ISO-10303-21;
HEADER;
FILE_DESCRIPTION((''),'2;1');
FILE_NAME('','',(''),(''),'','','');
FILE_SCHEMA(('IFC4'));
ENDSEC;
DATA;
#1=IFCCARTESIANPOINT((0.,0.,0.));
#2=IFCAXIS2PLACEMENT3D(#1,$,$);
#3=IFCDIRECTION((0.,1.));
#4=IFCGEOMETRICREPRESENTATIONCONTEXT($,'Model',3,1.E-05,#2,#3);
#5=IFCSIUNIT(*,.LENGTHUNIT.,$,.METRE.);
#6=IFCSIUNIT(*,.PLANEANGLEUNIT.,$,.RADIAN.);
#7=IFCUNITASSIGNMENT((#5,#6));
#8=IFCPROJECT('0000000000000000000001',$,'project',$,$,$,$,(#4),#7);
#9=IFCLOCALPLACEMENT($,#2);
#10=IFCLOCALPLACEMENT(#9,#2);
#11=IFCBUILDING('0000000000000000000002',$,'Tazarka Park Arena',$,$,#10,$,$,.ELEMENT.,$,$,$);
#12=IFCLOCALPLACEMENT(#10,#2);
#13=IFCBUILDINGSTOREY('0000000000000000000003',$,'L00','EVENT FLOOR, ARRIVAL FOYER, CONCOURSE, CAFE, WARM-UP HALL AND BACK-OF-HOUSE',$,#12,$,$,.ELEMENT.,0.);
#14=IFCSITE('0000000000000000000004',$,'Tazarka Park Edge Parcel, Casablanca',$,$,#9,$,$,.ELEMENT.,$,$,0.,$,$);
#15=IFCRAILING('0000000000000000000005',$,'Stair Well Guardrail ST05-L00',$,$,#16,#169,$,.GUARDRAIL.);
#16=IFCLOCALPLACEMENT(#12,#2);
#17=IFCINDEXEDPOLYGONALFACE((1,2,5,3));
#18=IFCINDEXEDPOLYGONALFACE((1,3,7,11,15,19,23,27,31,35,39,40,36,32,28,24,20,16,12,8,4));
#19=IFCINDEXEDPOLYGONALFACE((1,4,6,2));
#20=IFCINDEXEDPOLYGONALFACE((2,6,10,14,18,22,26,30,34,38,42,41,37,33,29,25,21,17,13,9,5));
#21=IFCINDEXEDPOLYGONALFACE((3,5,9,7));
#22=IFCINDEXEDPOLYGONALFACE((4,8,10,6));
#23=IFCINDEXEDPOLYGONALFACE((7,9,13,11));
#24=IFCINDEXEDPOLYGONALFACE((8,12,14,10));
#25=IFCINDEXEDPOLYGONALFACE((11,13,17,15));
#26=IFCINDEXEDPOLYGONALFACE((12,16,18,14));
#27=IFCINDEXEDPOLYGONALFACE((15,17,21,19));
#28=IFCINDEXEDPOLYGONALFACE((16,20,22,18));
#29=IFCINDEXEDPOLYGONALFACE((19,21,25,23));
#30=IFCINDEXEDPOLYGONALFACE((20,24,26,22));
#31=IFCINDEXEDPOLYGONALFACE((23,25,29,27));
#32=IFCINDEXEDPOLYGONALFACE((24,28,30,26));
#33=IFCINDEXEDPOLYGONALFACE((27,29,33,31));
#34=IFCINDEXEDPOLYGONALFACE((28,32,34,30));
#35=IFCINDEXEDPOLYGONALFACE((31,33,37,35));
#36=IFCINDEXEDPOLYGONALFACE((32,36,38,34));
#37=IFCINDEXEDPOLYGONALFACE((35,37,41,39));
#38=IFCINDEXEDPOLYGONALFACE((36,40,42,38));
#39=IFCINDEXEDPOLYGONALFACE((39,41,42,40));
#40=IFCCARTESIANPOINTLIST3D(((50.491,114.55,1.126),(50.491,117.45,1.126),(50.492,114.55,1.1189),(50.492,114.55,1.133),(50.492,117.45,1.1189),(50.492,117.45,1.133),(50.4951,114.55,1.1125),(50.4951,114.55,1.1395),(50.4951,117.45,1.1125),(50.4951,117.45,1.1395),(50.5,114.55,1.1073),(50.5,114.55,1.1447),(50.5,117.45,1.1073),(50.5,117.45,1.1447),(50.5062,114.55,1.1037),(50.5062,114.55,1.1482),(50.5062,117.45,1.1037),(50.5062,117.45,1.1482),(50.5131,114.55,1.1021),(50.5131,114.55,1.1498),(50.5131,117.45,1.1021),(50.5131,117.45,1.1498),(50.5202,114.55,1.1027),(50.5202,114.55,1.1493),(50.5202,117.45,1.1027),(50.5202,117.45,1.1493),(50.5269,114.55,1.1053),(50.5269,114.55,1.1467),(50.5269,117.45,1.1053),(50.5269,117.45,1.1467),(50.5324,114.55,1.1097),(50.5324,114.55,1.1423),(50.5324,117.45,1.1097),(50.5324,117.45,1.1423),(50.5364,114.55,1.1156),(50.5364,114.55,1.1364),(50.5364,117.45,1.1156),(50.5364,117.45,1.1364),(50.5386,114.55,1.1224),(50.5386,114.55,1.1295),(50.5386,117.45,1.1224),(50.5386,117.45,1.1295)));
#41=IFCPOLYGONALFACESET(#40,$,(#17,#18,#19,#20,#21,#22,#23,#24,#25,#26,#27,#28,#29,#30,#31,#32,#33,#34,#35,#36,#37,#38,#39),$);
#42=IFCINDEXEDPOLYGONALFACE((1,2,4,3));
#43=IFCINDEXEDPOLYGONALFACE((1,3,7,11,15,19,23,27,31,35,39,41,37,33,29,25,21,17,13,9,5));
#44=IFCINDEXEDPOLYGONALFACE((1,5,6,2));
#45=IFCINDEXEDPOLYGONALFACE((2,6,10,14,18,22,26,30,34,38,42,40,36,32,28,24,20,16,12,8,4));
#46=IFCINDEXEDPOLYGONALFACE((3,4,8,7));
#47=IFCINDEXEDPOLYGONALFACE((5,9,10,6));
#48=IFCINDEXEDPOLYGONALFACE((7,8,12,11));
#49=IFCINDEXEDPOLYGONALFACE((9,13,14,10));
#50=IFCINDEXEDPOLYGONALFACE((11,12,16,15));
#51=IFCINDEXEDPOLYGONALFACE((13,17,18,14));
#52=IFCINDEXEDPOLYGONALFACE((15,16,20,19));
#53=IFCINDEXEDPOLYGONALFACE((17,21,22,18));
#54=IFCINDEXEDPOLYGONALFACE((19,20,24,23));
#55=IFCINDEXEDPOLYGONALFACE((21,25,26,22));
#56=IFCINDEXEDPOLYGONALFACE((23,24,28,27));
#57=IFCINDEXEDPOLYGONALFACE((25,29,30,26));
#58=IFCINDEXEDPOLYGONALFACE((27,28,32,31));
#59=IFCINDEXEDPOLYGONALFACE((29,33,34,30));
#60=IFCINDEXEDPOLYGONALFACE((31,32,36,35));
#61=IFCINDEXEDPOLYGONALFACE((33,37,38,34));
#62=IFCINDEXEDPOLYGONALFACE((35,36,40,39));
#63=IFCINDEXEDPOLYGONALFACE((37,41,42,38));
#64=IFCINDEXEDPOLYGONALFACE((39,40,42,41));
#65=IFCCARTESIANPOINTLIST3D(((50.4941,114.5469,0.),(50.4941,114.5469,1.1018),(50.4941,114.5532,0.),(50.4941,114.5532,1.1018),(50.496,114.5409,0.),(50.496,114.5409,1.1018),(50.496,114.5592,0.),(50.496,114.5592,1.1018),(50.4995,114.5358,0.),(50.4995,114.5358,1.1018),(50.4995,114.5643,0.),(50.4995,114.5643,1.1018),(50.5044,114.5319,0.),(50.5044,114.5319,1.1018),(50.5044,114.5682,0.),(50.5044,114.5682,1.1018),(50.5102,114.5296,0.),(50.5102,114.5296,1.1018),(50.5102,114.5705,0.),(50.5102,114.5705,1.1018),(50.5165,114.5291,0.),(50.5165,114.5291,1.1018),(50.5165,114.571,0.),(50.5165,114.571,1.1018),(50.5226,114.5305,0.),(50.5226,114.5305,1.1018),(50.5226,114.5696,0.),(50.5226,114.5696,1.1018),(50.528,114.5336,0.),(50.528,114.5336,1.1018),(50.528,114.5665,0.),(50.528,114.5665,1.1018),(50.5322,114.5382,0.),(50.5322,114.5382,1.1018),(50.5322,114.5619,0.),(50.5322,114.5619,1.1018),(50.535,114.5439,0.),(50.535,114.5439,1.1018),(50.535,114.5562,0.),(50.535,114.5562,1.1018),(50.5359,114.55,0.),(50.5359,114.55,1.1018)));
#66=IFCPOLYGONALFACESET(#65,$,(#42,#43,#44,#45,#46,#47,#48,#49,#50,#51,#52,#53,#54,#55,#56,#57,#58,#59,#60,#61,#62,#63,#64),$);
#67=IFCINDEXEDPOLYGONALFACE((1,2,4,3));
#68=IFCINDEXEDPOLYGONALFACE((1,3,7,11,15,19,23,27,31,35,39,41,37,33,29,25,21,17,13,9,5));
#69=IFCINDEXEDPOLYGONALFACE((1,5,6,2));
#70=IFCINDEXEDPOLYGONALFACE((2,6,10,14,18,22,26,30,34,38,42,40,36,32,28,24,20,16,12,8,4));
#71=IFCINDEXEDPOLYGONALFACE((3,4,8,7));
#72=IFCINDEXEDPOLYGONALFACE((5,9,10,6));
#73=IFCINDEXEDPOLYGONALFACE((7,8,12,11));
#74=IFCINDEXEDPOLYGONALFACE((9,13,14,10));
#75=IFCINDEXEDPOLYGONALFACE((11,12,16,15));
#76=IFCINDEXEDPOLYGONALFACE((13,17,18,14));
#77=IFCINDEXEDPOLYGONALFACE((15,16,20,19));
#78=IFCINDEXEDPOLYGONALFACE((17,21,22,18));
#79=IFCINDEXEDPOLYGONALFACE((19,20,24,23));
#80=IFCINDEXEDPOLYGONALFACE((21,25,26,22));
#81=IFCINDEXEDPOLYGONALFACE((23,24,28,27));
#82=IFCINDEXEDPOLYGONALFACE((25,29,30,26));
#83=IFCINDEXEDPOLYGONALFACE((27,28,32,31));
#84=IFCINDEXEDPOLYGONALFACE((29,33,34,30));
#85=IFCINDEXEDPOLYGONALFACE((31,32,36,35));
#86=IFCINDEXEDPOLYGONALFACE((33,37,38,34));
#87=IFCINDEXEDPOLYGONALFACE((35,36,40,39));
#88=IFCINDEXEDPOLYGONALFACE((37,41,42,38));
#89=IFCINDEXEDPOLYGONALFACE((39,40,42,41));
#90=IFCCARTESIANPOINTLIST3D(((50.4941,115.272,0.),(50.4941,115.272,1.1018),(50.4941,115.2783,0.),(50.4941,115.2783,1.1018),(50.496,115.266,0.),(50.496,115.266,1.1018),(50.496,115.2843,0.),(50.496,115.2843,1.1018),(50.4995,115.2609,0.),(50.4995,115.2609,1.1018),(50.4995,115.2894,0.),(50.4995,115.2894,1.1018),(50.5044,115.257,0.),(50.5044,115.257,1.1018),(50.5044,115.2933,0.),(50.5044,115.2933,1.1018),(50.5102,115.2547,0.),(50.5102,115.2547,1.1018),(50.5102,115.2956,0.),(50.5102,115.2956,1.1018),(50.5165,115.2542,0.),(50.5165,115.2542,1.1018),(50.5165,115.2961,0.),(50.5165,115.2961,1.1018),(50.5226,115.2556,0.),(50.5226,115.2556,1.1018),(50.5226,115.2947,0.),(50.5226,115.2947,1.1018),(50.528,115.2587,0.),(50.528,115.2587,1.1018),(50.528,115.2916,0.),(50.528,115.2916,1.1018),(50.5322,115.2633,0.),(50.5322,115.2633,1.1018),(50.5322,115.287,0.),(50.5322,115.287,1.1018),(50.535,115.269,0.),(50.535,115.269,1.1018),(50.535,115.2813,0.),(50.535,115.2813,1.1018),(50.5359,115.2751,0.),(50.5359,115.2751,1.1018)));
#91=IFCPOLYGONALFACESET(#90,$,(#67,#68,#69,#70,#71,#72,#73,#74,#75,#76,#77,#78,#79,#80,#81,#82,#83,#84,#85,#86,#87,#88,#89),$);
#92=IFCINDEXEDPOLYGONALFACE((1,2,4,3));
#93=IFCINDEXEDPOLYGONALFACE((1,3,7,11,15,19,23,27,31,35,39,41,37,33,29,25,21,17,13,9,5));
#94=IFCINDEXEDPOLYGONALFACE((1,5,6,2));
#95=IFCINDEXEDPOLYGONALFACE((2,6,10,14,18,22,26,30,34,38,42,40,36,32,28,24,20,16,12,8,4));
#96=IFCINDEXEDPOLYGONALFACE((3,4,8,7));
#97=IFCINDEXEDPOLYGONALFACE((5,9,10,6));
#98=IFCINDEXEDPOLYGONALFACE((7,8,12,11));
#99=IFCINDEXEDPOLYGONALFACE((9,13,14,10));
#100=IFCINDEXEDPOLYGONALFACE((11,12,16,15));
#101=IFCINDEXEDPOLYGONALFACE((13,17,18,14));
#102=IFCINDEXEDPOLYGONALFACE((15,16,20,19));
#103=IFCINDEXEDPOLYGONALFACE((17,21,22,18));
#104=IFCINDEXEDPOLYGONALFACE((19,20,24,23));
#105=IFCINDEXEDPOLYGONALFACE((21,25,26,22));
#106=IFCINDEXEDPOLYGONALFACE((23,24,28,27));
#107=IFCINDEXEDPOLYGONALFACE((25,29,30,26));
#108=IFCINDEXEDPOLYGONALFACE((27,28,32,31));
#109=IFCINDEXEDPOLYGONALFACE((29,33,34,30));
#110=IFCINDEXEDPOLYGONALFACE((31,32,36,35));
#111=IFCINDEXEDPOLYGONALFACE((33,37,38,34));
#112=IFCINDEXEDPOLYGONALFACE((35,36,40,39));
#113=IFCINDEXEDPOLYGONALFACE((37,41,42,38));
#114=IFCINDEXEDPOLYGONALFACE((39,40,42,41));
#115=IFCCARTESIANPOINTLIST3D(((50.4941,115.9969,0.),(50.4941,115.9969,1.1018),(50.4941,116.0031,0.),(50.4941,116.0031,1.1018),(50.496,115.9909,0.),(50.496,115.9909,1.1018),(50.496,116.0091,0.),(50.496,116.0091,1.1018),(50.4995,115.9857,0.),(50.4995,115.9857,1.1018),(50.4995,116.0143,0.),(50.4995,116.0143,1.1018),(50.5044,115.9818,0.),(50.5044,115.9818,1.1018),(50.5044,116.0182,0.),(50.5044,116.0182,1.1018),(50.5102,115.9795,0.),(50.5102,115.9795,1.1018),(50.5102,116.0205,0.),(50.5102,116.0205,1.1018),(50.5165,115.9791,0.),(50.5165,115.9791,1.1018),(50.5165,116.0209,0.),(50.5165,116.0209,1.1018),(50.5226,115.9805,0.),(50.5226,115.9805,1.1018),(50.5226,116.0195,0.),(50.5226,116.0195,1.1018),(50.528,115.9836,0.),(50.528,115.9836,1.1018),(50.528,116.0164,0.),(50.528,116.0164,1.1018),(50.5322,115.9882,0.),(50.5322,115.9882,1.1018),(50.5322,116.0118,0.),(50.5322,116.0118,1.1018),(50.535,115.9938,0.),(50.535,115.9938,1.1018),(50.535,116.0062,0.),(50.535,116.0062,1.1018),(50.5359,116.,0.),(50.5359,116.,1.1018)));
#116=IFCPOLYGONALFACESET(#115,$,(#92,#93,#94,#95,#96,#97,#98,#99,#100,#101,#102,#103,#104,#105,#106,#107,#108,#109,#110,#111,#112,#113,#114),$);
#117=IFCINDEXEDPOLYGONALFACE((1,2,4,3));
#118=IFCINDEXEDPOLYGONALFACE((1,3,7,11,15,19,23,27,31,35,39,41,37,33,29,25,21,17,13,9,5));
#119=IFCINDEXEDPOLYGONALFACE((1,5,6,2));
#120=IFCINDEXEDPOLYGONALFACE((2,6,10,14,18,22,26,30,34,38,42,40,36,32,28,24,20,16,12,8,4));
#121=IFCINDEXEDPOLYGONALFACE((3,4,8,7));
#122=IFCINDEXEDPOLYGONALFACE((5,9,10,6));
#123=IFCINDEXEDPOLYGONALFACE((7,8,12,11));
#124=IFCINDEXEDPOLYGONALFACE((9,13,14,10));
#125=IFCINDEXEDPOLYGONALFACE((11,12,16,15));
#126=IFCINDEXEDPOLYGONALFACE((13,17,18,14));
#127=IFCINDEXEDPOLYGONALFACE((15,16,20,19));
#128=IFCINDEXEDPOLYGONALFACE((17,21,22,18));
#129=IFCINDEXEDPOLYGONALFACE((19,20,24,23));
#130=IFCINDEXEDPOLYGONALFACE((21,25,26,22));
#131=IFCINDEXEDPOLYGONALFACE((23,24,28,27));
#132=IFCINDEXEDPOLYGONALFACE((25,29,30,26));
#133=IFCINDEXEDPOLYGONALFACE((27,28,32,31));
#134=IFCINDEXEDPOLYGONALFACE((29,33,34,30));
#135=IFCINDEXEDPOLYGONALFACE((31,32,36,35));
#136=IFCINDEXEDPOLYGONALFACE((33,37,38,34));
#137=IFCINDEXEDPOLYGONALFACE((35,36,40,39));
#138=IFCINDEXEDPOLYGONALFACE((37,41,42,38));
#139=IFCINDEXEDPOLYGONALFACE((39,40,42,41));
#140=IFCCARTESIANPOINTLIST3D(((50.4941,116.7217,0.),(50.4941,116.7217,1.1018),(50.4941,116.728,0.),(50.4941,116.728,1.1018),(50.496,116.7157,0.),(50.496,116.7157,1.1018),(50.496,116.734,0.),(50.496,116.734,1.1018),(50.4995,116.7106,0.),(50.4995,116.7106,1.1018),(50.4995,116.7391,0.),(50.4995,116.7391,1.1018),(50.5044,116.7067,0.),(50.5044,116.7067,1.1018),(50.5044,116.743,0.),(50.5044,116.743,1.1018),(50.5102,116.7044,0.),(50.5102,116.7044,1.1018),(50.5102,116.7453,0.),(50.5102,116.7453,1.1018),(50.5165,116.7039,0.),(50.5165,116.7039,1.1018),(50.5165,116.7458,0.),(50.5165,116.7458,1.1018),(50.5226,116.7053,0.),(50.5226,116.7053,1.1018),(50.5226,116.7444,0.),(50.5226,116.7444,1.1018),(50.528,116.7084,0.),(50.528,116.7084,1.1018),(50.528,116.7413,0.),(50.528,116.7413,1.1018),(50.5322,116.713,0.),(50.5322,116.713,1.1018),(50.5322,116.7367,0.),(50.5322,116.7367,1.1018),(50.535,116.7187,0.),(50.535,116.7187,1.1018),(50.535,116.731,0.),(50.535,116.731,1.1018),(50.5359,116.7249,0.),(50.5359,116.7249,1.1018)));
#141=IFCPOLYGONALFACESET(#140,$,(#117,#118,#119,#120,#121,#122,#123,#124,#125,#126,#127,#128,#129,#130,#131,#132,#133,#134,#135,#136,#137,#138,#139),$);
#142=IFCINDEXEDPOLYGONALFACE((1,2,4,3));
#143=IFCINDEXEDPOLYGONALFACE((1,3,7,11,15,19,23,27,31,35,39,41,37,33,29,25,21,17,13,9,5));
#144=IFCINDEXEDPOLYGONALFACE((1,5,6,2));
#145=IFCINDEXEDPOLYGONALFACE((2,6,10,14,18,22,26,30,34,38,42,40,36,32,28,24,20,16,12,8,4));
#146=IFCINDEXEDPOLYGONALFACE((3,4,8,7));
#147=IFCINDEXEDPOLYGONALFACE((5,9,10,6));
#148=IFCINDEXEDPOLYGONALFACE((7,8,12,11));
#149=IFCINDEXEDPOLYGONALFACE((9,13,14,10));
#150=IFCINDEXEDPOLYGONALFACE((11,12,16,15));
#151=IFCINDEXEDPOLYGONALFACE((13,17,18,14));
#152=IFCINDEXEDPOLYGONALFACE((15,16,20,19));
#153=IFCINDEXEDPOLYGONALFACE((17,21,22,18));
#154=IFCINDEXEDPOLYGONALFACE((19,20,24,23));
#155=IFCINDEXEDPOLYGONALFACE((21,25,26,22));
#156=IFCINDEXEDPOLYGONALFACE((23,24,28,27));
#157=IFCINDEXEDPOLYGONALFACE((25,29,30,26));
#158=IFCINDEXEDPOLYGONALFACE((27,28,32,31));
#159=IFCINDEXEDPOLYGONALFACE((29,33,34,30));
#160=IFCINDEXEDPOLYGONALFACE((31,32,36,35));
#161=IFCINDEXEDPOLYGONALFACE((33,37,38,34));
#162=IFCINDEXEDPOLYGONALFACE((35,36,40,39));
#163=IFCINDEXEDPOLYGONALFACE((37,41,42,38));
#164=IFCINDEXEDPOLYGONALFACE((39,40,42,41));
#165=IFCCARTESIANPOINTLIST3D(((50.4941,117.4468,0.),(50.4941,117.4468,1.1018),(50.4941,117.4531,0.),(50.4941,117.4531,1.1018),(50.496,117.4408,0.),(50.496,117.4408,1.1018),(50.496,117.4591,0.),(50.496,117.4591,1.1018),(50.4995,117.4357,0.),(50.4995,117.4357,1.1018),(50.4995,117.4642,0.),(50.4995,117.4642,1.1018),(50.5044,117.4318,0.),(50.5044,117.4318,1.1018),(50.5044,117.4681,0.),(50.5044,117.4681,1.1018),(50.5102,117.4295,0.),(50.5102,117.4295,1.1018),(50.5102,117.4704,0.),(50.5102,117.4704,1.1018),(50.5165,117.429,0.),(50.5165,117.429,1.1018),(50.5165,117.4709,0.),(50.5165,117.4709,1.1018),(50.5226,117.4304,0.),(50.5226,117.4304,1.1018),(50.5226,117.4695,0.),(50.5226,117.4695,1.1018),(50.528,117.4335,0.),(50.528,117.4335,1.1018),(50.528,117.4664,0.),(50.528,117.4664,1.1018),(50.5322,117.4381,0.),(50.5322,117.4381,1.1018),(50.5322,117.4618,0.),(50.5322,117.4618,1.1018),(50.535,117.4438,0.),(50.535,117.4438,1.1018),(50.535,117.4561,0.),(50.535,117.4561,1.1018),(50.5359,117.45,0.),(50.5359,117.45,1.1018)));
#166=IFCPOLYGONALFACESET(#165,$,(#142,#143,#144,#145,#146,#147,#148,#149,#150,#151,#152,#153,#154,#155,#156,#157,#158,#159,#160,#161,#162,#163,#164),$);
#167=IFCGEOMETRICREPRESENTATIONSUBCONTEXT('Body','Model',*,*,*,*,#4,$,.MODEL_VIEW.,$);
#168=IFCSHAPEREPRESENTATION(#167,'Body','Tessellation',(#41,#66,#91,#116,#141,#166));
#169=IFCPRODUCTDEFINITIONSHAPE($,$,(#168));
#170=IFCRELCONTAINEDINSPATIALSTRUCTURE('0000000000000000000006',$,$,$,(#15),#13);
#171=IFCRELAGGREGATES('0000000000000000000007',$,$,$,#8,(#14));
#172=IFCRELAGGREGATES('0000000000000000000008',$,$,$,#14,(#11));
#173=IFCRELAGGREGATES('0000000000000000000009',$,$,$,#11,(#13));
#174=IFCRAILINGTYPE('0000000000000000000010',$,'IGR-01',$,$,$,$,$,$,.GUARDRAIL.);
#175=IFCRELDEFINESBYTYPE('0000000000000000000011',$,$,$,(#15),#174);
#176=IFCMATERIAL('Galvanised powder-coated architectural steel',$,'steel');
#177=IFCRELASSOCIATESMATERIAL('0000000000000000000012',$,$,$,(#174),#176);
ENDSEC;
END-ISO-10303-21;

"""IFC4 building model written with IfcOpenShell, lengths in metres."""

from ifc_helpers import new_model, si_unit, direction, frame, origin, origin_2d, place, context, subcontext, project, spatial, circle, extrude, material, type_object, element, save


model = new_model("IFC4")

# Units and contexts
model_context = context("Model", 3, precision=1e-05, world=origin(), true_north=direction((0.0, 1.0)))
body_context = subcontext(model_context, "Body", "Model", "MODEL_VIEW")
ifc_project = project(units=[si_unit("LENGTHUNIT", "METRE"), si_unit("PLANEANGLEUNIT", "RADIAN")], contexts=[model_context])

# Site, building, storey
site_placement = place(None, origin())
site = spatial("IfcSite", under=ifc_project, at=site_placement, Name="Tazarka Park Edge Parcel, Casablanca", CompositionType="ELEMENT", RefElevation=0.0)
building_placement = place(site_placement, origin())
building = spatial("IfcBuilding", under=site, at=building_placement, Name="Tazarka Park Arena", CompositionType="ELEMENT")
storey_placement = place(building_placement, origin())
storey = spatial("IfcBuildingStorey", under=building, at=storey_placement, Name="L00", Description="EVENT FLOOR, ARRIVAL FOYER, CONCOURSE, CAFE, WARM-UP HALL AND BACK-OF-HOUSE", CompositionType="ELEMENT", Elevation=0.0)

# Railing
ifc_material_1 = material(Name="Galvanised powder-coated architectural steel", Category="steel")
railing_type_1 = type_object("IfcRailingType", Name="IGR-01", PredefinedType="GUARDRAIL", material=ifc_material_1)
for number, where, name in (
    (1, (50.5149, 114.55, 0.0), "Stair Well Guardrail ST05-L00"),
):
    element("IfcRailing", number, at=place(storey_placement, frame(where)), inside=storey, type_object=railing_type_1, Name=name, PredefinedType="GUARDRAIL", context=body_context, shape_type="SweptSolid", body=[
        extrude(circle(Radius=0.0239, at=origin_2d()), frame((0.0, 0.0, 1.126), z_axis=(0.0, 1.0, 0.0), x_axis=(-1.0, 0.0, 0.0)), (0.0, 0.0, 1.0), 2.8999),
        extrude(circle(Radius=0.021, at=origin_2d()), origin(), (0.0, 0.0, 1.0), 1.1018),
        extrude(circle(Radius=0.021, at=origin_2d()), frame((0.0, 0.7251, 0.0)), (0.0, 0.0, 1.0), 1.1018),
        extrude(circle(Radius=0.021, at=origin_2d()), frame((0.0, 1.45, 0.0)), (0.0, 0.0, 1.0), 1.1018),
        extrude(circle(Radius=0.021, at=origin_2d()), frame((0.0, 2.1748, 0.0)), (0.0, 0.0, 1.0), 1.1018),
        extrude(circle(Radius=0.021, at=origin_2d()), frame((0.0, 2.8999, 0.0)), (0.0, 0.0, 1.0), 1.1018),
    ])

save(model, "model.ifc")
